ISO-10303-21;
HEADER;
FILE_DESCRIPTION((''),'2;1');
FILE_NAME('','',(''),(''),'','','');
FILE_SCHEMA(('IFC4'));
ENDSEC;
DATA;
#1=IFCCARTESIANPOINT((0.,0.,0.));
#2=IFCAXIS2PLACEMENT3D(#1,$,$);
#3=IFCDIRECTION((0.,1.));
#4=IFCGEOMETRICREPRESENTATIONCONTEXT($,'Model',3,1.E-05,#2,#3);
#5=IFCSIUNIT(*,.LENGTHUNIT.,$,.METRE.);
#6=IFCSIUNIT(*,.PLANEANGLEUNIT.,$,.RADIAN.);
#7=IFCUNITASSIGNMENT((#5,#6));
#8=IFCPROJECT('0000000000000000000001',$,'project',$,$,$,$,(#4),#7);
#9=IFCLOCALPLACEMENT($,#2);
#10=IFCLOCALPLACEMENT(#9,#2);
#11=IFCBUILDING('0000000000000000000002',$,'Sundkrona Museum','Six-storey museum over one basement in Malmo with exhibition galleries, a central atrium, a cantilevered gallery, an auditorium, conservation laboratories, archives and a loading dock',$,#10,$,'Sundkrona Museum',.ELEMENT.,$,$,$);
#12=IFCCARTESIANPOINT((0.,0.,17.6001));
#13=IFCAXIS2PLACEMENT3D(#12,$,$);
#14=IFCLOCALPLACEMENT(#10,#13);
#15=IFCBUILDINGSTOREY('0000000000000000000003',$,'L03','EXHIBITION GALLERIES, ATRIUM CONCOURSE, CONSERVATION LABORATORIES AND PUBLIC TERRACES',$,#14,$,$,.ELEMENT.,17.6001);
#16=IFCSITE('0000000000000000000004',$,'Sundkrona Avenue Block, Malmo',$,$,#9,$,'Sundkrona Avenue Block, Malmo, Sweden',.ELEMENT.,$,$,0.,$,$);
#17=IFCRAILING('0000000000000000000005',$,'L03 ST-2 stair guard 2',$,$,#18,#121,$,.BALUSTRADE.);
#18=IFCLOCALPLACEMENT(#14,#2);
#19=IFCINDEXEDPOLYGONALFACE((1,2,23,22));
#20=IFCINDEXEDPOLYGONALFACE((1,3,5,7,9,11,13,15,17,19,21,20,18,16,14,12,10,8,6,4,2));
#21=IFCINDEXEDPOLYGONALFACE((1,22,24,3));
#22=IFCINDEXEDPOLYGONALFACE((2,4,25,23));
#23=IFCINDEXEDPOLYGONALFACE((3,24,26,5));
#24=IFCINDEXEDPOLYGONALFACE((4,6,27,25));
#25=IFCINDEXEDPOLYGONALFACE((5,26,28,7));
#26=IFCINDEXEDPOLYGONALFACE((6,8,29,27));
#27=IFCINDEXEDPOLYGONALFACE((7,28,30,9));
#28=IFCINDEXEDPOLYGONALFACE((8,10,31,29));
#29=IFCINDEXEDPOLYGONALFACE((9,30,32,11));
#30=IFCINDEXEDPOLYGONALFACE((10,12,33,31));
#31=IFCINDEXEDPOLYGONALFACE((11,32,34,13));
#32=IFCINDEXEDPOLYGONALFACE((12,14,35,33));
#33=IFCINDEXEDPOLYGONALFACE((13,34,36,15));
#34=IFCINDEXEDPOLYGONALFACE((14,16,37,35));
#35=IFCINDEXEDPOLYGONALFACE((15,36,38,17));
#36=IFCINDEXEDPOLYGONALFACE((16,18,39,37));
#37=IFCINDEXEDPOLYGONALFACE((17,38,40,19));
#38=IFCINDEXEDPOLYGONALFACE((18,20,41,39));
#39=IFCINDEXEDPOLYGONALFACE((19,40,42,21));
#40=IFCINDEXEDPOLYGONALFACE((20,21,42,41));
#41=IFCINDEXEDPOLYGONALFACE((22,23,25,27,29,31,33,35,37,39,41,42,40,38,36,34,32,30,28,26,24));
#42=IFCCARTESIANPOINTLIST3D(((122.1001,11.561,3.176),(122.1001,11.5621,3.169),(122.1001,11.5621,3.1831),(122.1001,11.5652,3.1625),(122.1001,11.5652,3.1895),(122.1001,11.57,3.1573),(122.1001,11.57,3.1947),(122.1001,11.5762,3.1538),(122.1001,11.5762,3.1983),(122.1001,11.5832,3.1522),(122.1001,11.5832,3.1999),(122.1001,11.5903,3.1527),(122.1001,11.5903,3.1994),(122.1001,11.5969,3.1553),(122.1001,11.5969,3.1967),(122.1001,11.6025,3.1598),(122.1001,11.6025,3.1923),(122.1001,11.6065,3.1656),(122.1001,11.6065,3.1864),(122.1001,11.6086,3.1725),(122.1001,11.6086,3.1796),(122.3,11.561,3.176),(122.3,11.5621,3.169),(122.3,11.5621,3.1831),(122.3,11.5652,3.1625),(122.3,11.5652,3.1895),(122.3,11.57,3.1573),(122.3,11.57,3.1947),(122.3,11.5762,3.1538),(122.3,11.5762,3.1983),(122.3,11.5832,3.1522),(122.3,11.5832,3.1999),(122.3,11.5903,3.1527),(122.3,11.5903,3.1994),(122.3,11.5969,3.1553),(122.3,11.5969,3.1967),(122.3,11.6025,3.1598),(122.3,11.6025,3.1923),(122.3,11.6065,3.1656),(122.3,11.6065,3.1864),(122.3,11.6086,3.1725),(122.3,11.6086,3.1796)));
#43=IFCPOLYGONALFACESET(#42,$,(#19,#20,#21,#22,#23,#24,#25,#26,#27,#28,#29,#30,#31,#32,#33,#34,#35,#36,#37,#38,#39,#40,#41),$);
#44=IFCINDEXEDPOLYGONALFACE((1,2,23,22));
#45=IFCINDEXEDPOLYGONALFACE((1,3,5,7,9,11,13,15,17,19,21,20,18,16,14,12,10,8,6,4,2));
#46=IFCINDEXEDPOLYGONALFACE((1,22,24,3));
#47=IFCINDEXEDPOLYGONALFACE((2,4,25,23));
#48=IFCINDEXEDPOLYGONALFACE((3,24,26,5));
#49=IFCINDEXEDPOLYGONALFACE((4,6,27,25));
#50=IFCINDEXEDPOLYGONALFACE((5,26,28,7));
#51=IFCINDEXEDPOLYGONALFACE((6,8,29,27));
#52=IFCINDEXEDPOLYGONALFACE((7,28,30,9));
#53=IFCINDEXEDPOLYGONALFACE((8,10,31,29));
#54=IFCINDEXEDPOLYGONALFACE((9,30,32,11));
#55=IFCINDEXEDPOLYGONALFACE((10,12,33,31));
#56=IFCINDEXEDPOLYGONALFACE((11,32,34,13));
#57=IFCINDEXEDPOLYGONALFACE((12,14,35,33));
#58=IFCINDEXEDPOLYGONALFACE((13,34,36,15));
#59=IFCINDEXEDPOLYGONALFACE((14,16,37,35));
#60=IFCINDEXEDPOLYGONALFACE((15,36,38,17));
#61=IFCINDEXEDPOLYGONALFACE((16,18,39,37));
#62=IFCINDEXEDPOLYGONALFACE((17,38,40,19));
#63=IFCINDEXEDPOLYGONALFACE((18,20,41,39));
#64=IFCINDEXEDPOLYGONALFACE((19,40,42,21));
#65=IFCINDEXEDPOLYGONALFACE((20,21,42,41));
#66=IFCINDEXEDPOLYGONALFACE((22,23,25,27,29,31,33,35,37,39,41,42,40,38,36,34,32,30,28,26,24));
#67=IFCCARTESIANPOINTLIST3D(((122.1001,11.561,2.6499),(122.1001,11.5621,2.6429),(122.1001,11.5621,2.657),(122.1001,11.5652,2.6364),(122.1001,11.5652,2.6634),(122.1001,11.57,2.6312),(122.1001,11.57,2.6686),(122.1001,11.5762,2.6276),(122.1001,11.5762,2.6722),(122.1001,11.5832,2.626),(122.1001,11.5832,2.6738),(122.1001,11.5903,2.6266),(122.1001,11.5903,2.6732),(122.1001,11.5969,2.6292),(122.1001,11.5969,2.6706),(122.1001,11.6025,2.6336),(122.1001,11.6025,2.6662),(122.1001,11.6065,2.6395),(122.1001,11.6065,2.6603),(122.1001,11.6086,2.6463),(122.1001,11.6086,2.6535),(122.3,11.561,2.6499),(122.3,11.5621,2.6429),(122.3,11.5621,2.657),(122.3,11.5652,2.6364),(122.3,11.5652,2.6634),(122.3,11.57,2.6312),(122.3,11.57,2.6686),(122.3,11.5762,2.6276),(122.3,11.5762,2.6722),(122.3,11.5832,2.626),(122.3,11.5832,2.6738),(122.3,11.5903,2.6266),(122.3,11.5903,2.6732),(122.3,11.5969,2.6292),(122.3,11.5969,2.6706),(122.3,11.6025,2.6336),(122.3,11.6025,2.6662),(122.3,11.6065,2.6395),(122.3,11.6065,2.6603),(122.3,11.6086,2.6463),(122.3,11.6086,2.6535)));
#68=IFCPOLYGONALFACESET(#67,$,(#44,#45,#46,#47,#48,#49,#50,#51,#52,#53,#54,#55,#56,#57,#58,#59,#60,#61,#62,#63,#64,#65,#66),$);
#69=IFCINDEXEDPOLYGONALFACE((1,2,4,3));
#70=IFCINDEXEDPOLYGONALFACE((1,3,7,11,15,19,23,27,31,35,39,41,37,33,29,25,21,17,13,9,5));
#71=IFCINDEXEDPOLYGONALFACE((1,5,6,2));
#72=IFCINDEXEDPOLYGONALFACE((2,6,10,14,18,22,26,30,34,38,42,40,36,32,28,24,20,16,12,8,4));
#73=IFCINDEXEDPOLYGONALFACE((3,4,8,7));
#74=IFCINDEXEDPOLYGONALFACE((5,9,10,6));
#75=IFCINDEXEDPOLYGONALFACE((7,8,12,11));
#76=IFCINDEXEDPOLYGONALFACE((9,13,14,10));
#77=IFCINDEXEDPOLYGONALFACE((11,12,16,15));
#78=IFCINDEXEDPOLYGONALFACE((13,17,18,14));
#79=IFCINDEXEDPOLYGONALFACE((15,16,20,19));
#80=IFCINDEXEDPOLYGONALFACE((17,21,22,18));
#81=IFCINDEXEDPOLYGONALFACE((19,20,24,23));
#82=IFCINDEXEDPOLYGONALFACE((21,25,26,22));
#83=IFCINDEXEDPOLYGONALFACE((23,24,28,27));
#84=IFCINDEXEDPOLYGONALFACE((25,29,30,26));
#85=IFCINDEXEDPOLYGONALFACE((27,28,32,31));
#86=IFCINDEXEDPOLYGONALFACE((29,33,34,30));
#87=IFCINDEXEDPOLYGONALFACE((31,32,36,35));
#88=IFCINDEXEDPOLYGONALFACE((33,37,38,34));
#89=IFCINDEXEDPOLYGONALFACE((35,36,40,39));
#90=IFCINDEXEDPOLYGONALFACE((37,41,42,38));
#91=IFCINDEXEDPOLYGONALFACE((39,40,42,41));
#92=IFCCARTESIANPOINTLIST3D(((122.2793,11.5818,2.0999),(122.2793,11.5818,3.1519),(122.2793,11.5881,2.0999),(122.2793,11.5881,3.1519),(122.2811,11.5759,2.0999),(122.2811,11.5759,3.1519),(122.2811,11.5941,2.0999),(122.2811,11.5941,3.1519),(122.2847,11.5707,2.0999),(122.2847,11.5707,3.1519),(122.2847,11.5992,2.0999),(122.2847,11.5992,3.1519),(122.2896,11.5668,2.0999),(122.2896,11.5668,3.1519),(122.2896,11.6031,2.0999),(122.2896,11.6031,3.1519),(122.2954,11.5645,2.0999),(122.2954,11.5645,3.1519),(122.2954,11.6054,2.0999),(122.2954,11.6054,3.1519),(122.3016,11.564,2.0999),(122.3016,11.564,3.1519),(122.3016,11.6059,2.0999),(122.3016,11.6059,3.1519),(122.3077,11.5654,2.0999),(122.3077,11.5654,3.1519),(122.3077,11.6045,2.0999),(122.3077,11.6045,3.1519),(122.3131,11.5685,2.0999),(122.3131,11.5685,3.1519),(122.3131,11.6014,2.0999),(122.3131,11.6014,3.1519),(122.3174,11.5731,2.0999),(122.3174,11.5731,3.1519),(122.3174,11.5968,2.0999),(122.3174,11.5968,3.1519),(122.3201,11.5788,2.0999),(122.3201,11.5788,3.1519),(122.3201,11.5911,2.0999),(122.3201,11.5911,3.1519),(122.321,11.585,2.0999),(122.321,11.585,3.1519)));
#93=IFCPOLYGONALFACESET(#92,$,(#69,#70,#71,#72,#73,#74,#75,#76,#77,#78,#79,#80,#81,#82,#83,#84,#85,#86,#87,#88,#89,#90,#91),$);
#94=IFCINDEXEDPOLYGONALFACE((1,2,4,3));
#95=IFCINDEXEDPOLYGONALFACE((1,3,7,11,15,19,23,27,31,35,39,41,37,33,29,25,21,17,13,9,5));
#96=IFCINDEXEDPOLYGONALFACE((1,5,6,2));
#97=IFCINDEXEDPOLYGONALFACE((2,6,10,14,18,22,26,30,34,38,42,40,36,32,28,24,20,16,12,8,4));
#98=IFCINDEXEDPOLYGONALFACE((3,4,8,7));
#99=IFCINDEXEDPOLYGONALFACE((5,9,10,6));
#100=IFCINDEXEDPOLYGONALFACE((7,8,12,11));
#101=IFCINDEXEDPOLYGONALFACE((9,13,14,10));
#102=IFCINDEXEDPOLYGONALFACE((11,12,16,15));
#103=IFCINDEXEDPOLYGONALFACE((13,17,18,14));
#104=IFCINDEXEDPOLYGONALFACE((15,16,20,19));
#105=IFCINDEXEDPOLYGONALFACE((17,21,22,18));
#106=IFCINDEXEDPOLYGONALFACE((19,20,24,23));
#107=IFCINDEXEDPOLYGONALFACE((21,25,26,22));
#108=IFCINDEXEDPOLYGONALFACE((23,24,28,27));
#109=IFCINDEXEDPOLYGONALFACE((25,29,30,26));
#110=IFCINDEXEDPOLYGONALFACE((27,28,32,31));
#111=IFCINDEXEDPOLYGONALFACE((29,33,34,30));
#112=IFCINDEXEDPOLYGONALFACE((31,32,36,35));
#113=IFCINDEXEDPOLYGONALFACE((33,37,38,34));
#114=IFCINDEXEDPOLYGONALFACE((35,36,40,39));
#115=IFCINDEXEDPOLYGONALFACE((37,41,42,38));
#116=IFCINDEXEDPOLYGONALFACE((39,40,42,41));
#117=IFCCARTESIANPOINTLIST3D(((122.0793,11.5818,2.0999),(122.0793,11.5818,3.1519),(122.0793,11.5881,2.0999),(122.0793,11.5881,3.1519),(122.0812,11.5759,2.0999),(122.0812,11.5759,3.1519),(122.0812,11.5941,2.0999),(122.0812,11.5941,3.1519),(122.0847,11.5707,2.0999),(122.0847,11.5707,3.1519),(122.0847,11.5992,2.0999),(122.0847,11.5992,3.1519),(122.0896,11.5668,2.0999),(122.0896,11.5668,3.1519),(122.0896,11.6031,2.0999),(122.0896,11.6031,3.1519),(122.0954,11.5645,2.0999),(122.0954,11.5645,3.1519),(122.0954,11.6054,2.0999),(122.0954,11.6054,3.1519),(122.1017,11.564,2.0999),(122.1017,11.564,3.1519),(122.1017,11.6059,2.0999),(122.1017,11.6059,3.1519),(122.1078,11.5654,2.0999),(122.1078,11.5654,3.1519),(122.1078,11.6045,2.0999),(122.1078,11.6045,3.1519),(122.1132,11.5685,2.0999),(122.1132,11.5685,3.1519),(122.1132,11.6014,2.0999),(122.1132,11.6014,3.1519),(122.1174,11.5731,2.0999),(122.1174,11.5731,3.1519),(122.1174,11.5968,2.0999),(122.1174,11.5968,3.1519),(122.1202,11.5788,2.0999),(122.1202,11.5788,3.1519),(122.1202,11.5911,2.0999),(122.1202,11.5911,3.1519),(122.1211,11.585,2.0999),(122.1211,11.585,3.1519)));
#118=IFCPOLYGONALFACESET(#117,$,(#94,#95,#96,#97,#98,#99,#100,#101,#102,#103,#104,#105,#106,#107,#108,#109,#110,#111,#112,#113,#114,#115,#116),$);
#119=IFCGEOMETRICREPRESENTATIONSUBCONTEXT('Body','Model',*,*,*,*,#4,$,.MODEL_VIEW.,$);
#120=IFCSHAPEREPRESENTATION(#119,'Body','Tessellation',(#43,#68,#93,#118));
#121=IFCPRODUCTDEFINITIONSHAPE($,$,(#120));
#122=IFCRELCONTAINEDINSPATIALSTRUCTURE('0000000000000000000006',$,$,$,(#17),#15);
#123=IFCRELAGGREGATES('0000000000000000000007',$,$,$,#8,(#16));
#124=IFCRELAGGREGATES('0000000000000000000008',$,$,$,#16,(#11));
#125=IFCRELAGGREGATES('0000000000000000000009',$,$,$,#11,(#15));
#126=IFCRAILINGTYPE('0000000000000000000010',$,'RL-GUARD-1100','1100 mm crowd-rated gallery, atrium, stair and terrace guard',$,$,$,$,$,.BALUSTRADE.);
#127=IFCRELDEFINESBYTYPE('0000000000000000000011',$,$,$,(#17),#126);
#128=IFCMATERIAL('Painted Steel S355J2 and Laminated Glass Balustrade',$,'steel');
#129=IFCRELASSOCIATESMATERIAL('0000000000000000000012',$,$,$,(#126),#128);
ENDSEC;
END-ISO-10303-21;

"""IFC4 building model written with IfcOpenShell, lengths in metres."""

from ifc_helpers import new_model, si_unit, direction, frame, origin, origin_2d, place, context, subcontext, project, spatial, circle, extrude, material, type_object, element, save


model = new_model("IFC4")

# Units and contexts
model_context = context("Model", 3, precision=1e-05, world=origin(), true_north=direction((0.0, 1.0)))
body_context = subcontext(model_context, "Body", "Model", "MODEL_VIEW")
ifc_project = project(units=[si_unit("LENGTHUNIT", "METRE"), si_unit("PLANEANGLEUNIT", "RADIAN")], contexts=[model_context])

# Site, building, storey
site_placement = place(None, origin())
site = spatial("IfcSite", under=ifc_project, at=site_placement, Name="Sundkrona Avenue Block, Malmo", LongName="Sundkrona Avenue Block, Malmo, Sweden", CompositionType="ELEMENT", RefElevation=0.0)
building_placement = place(site_placement, origin())
building = spatial("IfcBuilding", under=site, at=building_placement, Name="Sundkrona Museum", Description="Six-storey museum over one basement in Malmo with exhibition galleries, a central atrium, a cantilevered gallery, an auditorium, conservation laboratories, archives and a loading dock", LongName="Sundkrona Museum", CompositionType="ELEMENT")
storey_placement = place(building_placement, frame((0.0, 0.0, 17.6001)))
storey = spatial("IfcBuildingStorey", under=building, at=storey_placement, Name="L03", Description="EXHIBITION GALLERIES, ATRIUM CONCOURSE, CONSERVATION LABORATORIES AND PUBLIC TERRACES", CompositionType="ELEMENT", Elevation=17.6001)

# Railing
ifc_material_1 = material(Name="Painted Steel S355J2 and Laminated Glass Balustrade", Category="steel")
railing_type_1 = type_object("IfcRailingType", Name="RL-GUARD-1100", Description="1100 mm crowd-rated gallery, atrium, stair and terrace guard", PredefinedType="BALUSTRADE", material=ifc_material_1)
railing_1_placement = place(storey_placement, frame((122.3, 11.585, 2.0999)))
element("IfcRailing", 1, at=railing_1_placement, inside=storey, type_object=railing_type_1, Name="L03 ST-2 stair guard 2", PredefinedType="BALUSTRADE", context=body_context, shape_type="SweptSolid", body=[
    extrude(circle(Radius=0.0239, at=origin_2d()), frame((0.0, 0.0, 1.0762), z_axis=(-1.0, 0.0, 0.0), x_axis=(0.0, -1.0, 0.0)), (0.0, 0.0, 1.0), 0.2),
    extrude(circle(Radius=0.0239, at=origin_2d()), frame((0.0, 0.0, 0.55), z_axis=(-1.0, 0.0, 0.0), x_axis=(0.0, -1.0, 0.0)), (0.0, 0.0, 1.0), 0.2),
    extrude(circle(Radius=0.021, at=origin_2d()), origin(), (0.0, 0.0, 1.0), 1.052),
    extrude(circle(Radius=0.021, at=origin_2d()), frame((-0.2, 0.0, 0.0)), (0.0, 0.0, 1.0), 1.052),
])

save(model, "model.ifc")
